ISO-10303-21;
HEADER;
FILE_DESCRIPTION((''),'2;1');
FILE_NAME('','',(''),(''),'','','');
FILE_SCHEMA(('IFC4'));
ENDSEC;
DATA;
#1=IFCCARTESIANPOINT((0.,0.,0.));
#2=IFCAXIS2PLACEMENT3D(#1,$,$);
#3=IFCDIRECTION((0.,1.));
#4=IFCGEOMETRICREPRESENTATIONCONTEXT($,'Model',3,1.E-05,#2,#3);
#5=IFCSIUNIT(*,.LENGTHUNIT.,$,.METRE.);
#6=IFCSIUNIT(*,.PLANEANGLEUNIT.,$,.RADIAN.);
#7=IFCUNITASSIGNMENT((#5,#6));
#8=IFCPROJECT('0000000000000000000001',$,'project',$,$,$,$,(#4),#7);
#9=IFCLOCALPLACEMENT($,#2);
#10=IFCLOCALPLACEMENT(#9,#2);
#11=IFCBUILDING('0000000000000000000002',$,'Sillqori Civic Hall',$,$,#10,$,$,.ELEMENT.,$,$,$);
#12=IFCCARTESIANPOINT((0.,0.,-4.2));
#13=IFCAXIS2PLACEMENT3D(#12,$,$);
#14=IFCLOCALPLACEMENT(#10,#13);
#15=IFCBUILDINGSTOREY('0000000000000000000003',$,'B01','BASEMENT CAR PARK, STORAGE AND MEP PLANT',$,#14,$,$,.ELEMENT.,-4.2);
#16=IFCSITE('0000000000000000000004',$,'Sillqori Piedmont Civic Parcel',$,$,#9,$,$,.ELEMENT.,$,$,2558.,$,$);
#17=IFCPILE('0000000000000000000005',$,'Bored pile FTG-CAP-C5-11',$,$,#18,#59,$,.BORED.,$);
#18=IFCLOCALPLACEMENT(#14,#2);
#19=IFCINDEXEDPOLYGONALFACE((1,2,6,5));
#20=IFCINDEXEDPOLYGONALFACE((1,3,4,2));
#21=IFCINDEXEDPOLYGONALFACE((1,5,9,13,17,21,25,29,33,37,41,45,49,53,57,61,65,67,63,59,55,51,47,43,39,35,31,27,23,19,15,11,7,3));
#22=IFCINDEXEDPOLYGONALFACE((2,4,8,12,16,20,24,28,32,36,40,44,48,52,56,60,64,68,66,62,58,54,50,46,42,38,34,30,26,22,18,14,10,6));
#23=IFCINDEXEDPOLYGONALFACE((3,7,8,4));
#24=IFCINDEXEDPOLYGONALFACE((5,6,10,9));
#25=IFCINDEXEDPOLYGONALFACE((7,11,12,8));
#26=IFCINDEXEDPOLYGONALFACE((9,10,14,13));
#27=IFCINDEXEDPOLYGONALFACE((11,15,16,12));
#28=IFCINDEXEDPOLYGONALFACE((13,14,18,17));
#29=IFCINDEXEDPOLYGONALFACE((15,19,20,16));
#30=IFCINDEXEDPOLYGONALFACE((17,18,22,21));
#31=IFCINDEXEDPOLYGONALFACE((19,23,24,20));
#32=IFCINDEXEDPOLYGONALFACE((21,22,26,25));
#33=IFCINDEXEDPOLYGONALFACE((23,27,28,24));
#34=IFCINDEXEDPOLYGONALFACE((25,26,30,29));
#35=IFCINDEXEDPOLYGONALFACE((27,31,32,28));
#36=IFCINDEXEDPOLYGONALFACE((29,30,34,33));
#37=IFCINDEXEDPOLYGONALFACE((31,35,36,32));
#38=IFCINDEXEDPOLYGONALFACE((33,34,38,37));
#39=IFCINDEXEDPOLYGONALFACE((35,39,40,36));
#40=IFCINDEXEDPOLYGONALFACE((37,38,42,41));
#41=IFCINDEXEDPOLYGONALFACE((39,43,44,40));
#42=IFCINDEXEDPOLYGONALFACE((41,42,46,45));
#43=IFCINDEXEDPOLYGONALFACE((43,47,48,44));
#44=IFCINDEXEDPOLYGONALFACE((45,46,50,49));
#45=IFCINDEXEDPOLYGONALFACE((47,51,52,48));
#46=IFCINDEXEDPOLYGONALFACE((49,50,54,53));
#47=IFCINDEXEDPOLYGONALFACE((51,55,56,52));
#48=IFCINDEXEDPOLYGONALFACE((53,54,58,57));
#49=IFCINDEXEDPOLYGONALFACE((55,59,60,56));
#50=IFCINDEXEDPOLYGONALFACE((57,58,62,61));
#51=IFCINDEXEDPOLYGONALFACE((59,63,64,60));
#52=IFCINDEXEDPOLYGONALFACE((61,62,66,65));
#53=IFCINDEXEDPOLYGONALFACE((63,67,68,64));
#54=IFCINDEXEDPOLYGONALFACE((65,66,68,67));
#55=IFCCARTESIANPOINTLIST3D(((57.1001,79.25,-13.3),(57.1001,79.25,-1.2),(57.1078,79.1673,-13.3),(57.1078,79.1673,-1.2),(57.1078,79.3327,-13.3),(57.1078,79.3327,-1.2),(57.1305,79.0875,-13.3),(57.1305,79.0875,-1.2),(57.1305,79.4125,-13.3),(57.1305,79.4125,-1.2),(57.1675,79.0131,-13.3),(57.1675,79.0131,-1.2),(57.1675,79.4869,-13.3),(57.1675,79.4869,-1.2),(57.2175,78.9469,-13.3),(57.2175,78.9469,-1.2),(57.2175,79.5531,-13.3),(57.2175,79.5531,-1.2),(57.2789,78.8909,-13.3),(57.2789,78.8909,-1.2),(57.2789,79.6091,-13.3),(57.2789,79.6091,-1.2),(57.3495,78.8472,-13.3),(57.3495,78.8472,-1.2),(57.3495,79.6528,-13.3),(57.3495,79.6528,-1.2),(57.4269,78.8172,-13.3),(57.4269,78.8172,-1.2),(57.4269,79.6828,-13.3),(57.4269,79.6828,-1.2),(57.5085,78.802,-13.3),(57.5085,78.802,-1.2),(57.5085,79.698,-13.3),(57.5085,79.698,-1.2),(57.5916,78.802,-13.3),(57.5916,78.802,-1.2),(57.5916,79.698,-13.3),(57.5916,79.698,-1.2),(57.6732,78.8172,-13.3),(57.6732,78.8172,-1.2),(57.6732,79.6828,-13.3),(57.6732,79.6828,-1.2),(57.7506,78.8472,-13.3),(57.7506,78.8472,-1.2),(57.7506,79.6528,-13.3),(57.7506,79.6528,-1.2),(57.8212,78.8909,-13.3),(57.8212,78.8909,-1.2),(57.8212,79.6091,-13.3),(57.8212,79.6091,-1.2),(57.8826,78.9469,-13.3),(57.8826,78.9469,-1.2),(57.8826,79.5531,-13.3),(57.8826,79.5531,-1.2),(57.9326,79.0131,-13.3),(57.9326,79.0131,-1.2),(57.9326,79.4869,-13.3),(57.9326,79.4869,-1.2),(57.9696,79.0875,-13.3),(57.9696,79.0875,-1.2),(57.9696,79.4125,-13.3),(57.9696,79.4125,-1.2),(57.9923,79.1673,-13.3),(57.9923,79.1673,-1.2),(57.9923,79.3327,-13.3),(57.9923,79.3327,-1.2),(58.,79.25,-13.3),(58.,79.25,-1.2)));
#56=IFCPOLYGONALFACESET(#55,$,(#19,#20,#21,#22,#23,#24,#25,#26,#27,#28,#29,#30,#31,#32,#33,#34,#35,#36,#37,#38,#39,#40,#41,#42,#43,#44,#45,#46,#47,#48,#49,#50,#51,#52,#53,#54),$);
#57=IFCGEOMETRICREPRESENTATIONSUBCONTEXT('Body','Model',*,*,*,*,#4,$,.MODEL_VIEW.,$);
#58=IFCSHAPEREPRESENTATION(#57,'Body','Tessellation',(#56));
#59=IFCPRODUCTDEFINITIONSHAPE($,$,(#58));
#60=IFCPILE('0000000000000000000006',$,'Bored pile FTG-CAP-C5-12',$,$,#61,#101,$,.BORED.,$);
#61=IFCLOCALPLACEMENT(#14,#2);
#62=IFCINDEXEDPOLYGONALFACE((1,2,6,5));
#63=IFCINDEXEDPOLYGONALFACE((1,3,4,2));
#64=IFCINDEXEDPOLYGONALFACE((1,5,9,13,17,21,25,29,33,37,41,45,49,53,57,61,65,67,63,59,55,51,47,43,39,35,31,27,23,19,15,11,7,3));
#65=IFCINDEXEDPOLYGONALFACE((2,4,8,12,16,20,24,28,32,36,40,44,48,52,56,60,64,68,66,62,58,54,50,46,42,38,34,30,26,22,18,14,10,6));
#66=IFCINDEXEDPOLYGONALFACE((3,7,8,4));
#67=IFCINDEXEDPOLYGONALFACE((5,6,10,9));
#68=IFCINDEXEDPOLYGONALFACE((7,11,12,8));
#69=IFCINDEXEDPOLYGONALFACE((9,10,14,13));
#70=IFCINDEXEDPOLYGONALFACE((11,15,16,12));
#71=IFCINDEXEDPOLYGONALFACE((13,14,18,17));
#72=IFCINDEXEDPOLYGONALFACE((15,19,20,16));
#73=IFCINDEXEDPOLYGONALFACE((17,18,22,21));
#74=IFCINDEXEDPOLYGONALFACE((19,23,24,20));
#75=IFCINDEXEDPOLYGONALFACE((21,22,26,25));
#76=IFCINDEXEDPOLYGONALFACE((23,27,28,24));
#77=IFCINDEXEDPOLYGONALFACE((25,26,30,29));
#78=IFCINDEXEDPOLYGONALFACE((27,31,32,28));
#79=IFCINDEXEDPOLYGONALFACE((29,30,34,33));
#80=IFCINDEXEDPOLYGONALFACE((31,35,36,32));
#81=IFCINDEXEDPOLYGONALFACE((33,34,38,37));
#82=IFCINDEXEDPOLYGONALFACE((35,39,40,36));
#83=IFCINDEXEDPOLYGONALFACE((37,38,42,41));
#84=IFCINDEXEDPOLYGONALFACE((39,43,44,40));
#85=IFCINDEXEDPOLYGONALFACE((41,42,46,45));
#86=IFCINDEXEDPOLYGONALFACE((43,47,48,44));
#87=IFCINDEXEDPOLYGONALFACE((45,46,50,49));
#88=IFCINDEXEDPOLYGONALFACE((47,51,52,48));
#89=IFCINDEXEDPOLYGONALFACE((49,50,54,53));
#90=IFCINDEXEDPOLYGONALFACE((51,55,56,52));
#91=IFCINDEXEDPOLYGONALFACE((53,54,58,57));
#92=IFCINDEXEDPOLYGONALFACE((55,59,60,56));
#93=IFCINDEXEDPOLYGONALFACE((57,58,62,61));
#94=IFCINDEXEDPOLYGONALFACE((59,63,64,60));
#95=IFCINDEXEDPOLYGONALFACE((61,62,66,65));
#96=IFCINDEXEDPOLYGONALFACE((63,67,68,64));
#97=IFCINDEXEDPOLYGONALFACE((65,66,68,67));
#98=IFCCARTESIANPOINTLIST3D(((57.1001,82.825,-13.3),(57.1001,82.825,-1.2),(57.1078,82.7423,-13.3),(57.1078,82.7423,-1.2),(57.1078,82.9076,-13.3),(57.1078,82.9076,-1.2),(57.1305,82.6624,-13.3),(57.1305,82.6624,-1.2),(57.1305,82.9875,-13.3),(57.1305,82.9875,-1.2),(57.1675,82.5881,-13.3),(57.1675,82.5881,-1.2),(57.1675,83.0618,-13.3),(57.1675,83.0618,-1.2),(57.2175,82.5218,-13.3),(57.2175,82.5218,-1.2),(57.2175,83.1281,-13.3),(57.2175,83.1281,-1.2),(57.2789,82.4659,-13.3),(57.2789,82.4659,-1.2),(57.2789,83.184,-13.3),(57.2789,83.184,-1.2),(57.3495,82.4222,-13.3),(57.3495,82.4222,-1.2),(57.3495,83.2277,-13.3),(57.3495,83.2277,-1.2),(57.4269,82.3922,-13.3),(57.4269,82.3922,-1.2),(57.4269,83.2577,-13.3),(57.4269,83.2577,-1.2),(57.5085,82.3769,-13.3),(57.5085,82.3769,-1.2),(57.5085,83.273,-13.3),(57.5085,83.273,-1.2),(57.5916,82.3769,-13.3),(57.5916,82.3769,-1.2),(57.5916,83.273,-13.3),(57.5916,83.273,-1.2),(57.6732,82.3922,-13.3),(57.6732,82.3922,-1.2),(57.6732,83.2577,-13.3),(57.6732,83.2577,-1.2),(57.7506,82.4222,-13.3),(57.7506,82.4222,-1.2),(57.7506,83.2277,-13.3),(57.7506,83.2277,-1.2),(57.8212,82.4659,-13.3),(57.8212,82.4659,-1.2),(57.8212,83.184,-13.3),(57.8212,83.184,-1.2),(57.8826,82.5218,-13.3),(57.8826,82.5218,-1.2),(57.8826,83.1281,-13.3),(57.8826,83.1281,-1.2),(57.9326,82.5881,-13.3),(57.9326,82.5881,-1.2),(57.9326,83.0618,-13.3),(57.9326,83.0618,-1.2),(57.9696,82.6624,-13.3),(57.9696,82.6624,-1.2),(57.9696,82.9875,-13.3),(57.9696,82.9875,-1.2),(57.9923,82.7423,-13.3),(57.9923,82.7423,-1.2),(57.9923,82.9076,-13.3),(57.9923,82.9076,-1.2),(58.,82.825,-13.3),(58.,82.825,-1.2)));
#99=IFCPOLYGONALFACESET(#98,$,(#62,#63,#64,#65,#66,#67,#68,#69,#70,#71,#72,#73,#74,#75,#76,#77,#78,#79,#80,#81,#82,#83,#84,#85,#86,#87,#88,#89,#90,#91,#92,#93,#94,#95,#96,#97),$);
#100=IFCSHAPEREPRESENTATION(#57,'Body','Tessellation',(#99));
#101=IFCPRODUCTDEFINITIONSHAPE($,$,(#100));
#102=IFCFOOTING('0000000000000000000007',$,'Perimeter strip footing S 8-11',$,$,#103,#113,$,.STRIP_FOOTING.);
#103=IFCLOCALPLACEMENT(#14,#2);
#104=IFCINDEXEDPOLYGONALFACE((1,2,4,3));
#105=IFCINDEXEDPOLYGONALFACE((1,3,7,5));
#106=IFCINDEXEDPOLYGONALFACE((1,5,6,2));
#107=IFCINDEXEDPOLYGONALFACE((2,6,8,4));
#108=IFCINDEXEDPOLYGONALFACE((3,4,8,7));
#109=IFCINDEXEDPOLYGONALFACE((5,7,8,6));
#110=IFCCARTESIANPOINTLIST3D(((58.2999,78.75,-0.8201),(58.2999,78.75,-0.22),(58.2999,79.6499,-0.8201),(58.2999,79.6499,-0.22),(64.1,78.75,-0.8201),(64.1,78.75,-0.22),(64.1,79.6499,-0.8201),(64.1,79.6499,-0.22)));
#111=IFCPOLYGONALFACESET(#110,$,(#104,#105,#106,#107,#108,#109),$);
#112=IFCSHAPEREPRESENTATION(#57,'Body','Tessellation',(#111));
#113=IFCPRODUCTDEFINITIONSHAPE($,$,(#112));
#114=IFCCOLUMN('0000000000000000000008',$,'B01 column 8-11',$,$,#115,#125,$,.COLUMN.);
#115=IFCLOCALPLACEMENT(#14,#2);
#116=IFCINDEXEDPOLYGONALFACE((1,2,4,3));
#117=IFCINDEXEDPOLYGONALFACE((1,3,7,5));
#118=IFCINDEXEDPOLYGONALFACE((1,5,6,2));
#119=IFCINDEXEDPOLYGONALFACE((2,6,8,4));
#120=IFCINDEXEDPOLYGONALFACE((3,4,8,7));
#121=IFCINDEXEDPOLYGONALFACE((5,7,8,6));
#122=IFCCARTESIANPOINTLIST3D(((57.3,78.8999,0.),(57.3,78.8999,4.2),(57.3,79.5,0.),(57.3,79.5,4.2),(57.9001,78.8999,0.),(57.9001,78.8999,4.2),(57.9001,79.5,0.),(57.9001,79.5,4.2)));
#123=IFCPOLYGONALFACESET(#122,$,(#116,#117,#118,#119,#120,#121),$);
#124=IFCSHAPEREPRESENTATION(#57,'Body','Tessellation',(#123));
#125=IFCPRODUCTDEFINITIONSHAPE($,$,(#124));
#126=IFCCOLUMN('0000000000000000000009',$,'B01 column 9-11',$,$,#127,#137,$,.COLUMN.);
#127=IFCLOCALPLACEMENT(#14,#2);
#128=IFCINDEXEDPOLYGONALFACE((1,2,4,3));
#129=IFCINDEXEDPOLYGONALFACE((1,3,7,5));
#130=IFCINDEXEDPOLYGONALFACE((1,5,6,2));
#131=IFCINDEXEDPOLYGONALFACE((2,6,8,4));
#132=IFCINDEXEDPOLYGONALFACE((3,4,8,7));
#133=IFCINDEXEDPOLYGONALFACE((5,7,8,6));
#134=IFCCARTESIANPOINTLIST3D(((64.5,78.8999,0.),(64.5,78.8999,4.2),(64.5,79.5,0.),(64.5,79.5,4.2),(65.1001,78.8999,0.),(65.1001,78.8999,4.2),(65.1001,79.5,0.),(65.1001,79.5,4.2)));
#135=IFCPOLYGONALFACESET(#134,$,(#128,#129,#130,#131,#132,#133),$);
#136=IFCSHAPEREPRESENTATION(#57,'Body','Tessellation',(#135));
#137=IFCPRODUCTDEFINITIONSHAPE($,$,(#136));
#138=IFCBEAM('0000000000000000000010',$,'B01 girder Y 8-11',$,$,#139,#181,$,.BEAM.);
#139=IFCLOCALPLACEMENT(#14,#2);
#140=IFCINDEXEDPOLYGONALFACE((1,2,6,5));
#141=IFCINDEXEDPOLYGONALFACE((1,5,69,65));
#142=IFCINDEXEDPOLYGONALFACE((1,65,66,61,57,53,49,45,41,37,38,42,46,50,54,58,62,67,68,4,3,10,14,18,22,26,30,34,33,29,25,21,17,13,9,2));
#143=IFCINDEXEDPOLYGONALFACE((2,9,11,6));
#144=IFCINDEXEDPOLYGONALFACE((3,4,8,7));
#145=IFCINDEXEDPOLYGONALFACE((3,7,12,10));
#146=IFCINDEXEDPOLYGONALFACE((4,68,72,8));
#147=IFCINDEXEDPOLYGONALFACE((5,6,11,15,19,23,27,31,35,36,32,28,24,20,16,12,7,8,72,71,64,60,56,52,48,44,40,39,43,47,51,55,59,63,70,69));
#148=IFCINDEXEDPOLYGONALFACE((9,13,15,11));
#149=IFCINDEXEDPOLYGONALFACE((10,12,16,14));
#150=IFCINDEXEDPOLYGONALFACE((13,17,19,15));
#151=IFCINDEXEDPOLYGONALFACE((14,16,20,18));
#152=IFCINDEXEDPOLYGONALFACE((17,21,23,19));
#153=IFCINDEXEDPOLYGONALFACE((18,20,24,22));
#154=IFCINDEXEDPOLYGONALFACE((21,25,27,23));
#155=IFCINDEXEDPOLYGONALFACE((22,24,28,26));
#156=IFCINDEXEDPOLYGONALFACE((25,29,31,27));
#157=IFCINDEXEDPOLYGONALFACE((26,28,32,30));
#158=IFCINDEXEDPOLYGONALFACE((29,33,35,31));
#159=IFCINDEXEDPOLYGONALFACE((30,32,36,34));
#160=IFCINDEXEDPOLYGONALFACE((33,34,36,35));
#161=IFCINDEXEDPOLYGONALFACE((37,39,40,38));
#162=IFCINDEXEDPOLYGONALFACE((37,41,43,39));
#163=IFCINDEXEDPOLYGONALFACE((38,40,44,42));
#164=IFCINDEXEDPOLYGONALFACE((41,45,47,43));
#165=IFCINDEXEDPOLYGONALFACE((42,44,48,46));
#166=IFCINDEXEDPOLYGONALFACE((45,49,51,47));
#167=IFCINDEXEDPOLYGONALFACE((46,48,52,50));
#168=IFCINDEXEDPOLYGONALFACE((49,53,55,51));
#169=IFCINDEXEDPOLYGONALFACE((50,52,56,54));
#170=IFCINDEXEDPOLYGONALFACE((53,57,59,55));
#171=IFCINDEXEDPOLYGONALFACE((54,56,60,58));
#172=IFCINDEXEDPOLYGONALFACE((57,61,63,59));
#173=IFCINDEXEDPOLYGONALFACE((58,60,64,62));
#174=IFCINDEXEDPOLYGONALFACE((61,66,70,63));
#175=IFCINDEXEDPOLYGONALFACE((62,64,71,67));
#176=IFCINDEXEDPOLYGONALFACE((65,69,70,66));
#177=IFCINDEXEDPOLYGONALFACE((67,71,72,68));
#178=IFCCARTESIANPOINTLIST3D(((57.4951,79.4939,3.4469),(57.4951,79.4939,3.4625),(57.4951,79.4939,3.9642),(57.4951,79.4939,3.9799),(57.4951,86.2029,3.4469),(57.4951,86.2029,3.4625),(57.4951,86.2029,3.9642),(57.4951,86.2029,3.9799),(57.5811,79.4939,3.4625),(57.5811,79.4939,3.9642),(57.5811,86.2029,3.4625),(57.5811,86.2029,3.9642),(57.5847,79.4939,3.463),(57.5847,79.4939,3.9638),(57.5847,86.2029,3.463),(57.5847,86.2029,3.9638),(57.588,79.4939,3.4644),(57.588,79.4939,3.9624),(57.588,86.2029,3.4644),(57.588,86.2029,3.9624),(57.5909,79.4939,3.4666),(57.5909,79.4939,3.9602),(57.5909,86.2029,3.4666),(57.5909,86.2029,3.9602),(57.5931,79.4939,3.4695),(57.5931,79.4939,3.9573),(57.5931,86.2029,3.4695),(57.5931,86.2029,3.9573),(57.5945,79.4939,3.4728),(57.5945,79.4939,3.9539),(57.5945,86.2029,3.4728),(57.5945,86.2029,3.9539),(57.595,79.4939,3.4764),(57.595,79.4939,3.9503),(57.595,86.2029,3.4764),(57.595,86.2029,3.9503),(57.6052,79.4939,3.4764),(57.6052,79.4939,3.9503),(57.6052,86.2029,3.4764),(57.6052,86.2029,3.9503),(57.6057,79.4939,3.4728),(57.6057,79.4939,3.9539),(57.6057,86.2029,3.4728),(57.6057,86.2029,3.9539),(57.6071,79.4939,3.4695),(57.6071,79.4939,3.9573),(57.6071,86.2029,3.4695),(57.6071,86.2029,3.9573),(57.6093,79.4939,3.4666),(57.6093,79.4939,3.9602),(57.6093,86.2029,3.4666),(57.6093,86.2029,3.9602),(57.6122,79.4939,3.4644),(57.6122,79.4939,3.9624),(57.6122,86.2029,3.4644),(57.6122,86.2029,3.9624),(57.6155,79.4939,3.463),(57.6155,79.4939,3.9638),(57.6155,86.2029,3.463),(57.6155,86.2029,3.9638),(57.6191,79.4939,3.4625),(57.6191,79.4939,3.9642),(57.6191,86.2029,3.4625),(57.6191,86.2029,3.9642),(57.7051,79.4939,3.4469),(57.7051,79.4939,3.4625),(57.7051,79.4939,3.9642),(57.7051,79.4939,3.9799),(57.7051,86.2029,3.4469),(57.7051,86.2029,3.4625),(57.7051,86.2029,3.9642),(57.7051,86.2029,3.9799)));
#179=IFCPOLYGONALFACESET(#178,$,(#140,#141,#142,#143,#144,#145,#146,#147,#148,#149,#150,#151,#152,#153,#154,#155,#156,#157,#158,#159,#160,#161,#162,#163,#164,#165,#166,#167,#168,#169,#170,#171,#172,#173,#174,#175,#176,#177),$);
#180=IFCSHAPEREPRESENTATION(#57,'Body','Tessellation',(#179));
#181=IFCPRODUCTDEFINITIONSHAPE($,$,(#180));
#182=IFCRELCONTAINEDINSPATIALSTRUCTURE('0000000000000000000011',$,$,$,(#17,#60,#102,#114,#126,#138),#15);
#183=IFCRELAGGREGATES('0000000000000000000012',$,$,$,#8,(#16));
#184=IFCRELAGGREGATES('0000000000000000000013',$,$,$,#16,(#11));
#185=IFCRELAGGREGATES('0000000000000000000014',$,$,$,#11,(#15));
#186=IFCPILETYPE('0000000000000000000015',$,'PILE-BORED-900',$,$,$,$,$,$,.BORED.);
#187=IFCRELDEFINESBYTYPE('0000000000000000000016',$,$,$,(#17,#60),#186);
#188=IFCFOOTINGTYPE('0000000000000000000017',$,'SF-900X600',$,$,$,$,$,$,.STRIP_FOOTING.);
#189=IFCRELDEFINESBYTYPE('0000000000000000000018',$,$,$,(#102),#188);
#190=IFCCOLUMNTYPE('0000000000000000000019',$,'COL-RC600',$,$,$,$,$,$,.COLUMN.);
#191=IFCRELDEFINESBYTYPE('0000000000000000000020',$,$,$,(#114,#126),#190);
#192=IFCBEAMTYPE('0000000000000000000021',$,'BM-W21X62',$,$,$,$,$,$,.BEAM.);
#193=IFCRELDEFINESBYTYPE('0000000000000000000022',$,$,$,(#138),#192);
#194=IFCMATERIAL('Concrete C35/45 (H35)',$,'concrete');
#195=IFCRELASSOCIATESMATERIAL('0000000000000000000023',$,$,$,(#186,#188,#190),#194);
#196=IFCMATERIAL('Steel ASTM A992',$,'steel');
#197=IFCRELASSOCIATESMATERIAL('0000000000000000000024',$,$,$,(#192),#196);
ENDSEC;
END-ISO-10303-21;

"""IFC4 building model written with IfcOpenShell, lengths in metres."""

from ifc_helpers import new_model, si_unit, direction, frame, origin, origin_2d, place, context, subcontext, project, spatial, rectangle, circle, i_section, extrude, material, material_profile, profile_set, type_object, element, save


model = new_model("IFC4")

# Units and contexts
model_context = context("Model", 3, precision=1e-05, world=origin(), true_north=direction((0.0, 1.0)))
body_context = subcontext(model_context, "Body", "Model", "MODEL_VIEW")
ifc_project = project(units=[si_unit("LENGTHUNIT", "METRE"), si_unit("PLANEANGLEUNIT", "RADIAN")], contexts=[model_context])

# Site, building, storey
site_placement = place(None, origin())
site = spatial("IfcSite", under=ifc_project, at=site_placement, Name="Sillqori Piedmont Civic Parcel", CompositionType="ELEMENT", RefElevation=2558.0)
building_placement = place(site_placement, origin())
building = spatial("IfcBuilding", under=site, at=building_placement, Name="Sillqori Civic Hall", CompositionType="ELEMENT")
storey_placement = place(building_placement, frame((0.0, 0.0, -4.2)))
storey = spatial("IfcBuildingStorey", under=building, at=storey_placement, Name="B01", Description="BASEMENT CAR PARK, STORAGE AND MEP PLANT", CompositionType="ELEMENT", Elevation=-4.2)

# Piles
ifc_material_1 = material(Name="Concrete C35/45 (H35)", Category="concrete")
ifc_material_profile_1 = material_profile(ifc_material_1, circle(Radius=0.45, at=origin_2d()), Name="BORED PILE 900")
ifc_profile_set_1 = profile_set([ifc_material_profile_1], Name="Concrete C35/45 (H35)")
pile_type = type_object("IfcPileType", Name="PILE-BORED-900", PredefinedType="BORED", material=ifc_profile_set_1)
for number, where, z_axis, x_axis, name in (
    (1, (57.55, 79.25, -1.2), (0.0, 0.0, -1.0), (1.0, 0.0, 0.0), "Bored pile FTG-CAP-C5-11"),
    (2, (57.55, 82.825, -1.2), (0.0, 0.0, -1.0), (1.0, 0.0, 0.0), "Bored pile FTG-CAP-C5-12"),
):
    element("IfcPile", number, at=place(storey_placement, frame(where, z_axis=z_axis, x_axis=x_axis)), inside=storey, type_object=pile_type, Name=name, PredefinedType="BORED", context=body_context, shape_type="SweptSolid", body=[
        extrude(circle(Radius=0.45, at=origin_2d()), origin(), (0.0, 0.0, 1.0), 12.1001),
    ])

# Footing
footing_type = type_object("IfcFootingType", Name="SF-900X600", PredefinedType="STRIP_FOOTING", material=ifc_material_1)
footing_placement = place(storey_placement, frame((61.2, 79.2, -0.8201), z_axis=(0.0, 0.0, 1.0), x_axis=(1.0, 0.0, 0.0)))
element("IfcFooting", 3, at=footing_placement, inside=storey, type_object=footing_type, Name="Perimeter strip footing S 8-11", PredefinedType="STRIP_FOOTING", context=body_context, shape_type="SweptSolid", body=[
    extrude(rectangle(XDim=5.8, YDim=0.8999, at=origin_2d()), origin(), (0.0, 0.0, 1.0), 0.6001),
])

# Columns
ifc_material_profile_2 = material_profile(ifc_material_1, rectangle(XDim=0.6001, YDim=0.6001, at=origin_2d()), Name="RC 600x600")
ifc_profile_set_2 = profile_set([ifc_material_profile_2], Name="Concrete C35/45 (H35)")
column_type = type_object("IfcColumnType", Name="COL-RC600", PredefinedType="COLUMN", material=ifc_profile_set_2)
for number, where, z_axis, x_axis, name in (
    (4, (57.6001, 79.2, 0.0), (0.0, 0.0, 1.0), (1.0, 0.0, 0.0), "B01 column 8-11"),
    (5, (64.8, 79.2, 0.0), (0.0, 0.0, 1.0), (1.0, 0.0, 0.0), "B01 column 9-11"),
):
    element("IfcColumn", number, at=place(storey_placement, frame(where, z_axis=z_axis, x_axis=x_axis)), inside=storey, type_object=column_type, Name=name, PredefinedType="COLUMN", context=body_context, shape_type="SweptSolid", body=[
        extrude(rectangle(XDim=0.6001, YDim=0.6001, at=origin_2d()), origin(), (0.0, 0.0, 1.0), 4.2),
    ])

# Beam
ifc_material_2 = material(Name="Steel ASTM A992", Category="steel")
ifc_material_profile_3 = material_profile(ifc_material_2, i_section(OverallWidth=0.21, OverallDepth=0.533, WebThickness=0.0103, FlangeThickness=0.0156, FilletRadius=0.0139, at=origin_2d()), Name="W21X62")
ifc_profile_set_3 = profile_set([ifc_material_profile_3], Name="Steel ASTM A992")
beam_type_1 = type_object("IfcBeamType", Name="BM-W21X62", PredefinedType="BEAM", material=ifc_profile_set_3)
for number, where, z_axis, x_axis, name in (
    (6, (57.6001, 79.4939, 3.7134), (0.0, 1.0, 0.0), (-1.0, 0.0, 0.0), "B01 girder Y 8-11"),
):
    element("IfcBeam", number, at=place(storey_placement, frame(where, z_axis=z_axis, x_axis=x_axis)), inside=storey, type_object=beam_type_1, Name=name, PredefinedType="BEAM", context=body_context, shape_type="SweptSolid", body=[
        extrude(i_section(OverallWidth=0.21, OverallDepth=0.533, WebThickness=0.0103, FlangeThickness=0.0156, FilletRadius=0.0139, at=origin_2d()), origin(), (0.0, 0.0, 1.0), 6.709),
    ])

save(model, "model.ifc")
